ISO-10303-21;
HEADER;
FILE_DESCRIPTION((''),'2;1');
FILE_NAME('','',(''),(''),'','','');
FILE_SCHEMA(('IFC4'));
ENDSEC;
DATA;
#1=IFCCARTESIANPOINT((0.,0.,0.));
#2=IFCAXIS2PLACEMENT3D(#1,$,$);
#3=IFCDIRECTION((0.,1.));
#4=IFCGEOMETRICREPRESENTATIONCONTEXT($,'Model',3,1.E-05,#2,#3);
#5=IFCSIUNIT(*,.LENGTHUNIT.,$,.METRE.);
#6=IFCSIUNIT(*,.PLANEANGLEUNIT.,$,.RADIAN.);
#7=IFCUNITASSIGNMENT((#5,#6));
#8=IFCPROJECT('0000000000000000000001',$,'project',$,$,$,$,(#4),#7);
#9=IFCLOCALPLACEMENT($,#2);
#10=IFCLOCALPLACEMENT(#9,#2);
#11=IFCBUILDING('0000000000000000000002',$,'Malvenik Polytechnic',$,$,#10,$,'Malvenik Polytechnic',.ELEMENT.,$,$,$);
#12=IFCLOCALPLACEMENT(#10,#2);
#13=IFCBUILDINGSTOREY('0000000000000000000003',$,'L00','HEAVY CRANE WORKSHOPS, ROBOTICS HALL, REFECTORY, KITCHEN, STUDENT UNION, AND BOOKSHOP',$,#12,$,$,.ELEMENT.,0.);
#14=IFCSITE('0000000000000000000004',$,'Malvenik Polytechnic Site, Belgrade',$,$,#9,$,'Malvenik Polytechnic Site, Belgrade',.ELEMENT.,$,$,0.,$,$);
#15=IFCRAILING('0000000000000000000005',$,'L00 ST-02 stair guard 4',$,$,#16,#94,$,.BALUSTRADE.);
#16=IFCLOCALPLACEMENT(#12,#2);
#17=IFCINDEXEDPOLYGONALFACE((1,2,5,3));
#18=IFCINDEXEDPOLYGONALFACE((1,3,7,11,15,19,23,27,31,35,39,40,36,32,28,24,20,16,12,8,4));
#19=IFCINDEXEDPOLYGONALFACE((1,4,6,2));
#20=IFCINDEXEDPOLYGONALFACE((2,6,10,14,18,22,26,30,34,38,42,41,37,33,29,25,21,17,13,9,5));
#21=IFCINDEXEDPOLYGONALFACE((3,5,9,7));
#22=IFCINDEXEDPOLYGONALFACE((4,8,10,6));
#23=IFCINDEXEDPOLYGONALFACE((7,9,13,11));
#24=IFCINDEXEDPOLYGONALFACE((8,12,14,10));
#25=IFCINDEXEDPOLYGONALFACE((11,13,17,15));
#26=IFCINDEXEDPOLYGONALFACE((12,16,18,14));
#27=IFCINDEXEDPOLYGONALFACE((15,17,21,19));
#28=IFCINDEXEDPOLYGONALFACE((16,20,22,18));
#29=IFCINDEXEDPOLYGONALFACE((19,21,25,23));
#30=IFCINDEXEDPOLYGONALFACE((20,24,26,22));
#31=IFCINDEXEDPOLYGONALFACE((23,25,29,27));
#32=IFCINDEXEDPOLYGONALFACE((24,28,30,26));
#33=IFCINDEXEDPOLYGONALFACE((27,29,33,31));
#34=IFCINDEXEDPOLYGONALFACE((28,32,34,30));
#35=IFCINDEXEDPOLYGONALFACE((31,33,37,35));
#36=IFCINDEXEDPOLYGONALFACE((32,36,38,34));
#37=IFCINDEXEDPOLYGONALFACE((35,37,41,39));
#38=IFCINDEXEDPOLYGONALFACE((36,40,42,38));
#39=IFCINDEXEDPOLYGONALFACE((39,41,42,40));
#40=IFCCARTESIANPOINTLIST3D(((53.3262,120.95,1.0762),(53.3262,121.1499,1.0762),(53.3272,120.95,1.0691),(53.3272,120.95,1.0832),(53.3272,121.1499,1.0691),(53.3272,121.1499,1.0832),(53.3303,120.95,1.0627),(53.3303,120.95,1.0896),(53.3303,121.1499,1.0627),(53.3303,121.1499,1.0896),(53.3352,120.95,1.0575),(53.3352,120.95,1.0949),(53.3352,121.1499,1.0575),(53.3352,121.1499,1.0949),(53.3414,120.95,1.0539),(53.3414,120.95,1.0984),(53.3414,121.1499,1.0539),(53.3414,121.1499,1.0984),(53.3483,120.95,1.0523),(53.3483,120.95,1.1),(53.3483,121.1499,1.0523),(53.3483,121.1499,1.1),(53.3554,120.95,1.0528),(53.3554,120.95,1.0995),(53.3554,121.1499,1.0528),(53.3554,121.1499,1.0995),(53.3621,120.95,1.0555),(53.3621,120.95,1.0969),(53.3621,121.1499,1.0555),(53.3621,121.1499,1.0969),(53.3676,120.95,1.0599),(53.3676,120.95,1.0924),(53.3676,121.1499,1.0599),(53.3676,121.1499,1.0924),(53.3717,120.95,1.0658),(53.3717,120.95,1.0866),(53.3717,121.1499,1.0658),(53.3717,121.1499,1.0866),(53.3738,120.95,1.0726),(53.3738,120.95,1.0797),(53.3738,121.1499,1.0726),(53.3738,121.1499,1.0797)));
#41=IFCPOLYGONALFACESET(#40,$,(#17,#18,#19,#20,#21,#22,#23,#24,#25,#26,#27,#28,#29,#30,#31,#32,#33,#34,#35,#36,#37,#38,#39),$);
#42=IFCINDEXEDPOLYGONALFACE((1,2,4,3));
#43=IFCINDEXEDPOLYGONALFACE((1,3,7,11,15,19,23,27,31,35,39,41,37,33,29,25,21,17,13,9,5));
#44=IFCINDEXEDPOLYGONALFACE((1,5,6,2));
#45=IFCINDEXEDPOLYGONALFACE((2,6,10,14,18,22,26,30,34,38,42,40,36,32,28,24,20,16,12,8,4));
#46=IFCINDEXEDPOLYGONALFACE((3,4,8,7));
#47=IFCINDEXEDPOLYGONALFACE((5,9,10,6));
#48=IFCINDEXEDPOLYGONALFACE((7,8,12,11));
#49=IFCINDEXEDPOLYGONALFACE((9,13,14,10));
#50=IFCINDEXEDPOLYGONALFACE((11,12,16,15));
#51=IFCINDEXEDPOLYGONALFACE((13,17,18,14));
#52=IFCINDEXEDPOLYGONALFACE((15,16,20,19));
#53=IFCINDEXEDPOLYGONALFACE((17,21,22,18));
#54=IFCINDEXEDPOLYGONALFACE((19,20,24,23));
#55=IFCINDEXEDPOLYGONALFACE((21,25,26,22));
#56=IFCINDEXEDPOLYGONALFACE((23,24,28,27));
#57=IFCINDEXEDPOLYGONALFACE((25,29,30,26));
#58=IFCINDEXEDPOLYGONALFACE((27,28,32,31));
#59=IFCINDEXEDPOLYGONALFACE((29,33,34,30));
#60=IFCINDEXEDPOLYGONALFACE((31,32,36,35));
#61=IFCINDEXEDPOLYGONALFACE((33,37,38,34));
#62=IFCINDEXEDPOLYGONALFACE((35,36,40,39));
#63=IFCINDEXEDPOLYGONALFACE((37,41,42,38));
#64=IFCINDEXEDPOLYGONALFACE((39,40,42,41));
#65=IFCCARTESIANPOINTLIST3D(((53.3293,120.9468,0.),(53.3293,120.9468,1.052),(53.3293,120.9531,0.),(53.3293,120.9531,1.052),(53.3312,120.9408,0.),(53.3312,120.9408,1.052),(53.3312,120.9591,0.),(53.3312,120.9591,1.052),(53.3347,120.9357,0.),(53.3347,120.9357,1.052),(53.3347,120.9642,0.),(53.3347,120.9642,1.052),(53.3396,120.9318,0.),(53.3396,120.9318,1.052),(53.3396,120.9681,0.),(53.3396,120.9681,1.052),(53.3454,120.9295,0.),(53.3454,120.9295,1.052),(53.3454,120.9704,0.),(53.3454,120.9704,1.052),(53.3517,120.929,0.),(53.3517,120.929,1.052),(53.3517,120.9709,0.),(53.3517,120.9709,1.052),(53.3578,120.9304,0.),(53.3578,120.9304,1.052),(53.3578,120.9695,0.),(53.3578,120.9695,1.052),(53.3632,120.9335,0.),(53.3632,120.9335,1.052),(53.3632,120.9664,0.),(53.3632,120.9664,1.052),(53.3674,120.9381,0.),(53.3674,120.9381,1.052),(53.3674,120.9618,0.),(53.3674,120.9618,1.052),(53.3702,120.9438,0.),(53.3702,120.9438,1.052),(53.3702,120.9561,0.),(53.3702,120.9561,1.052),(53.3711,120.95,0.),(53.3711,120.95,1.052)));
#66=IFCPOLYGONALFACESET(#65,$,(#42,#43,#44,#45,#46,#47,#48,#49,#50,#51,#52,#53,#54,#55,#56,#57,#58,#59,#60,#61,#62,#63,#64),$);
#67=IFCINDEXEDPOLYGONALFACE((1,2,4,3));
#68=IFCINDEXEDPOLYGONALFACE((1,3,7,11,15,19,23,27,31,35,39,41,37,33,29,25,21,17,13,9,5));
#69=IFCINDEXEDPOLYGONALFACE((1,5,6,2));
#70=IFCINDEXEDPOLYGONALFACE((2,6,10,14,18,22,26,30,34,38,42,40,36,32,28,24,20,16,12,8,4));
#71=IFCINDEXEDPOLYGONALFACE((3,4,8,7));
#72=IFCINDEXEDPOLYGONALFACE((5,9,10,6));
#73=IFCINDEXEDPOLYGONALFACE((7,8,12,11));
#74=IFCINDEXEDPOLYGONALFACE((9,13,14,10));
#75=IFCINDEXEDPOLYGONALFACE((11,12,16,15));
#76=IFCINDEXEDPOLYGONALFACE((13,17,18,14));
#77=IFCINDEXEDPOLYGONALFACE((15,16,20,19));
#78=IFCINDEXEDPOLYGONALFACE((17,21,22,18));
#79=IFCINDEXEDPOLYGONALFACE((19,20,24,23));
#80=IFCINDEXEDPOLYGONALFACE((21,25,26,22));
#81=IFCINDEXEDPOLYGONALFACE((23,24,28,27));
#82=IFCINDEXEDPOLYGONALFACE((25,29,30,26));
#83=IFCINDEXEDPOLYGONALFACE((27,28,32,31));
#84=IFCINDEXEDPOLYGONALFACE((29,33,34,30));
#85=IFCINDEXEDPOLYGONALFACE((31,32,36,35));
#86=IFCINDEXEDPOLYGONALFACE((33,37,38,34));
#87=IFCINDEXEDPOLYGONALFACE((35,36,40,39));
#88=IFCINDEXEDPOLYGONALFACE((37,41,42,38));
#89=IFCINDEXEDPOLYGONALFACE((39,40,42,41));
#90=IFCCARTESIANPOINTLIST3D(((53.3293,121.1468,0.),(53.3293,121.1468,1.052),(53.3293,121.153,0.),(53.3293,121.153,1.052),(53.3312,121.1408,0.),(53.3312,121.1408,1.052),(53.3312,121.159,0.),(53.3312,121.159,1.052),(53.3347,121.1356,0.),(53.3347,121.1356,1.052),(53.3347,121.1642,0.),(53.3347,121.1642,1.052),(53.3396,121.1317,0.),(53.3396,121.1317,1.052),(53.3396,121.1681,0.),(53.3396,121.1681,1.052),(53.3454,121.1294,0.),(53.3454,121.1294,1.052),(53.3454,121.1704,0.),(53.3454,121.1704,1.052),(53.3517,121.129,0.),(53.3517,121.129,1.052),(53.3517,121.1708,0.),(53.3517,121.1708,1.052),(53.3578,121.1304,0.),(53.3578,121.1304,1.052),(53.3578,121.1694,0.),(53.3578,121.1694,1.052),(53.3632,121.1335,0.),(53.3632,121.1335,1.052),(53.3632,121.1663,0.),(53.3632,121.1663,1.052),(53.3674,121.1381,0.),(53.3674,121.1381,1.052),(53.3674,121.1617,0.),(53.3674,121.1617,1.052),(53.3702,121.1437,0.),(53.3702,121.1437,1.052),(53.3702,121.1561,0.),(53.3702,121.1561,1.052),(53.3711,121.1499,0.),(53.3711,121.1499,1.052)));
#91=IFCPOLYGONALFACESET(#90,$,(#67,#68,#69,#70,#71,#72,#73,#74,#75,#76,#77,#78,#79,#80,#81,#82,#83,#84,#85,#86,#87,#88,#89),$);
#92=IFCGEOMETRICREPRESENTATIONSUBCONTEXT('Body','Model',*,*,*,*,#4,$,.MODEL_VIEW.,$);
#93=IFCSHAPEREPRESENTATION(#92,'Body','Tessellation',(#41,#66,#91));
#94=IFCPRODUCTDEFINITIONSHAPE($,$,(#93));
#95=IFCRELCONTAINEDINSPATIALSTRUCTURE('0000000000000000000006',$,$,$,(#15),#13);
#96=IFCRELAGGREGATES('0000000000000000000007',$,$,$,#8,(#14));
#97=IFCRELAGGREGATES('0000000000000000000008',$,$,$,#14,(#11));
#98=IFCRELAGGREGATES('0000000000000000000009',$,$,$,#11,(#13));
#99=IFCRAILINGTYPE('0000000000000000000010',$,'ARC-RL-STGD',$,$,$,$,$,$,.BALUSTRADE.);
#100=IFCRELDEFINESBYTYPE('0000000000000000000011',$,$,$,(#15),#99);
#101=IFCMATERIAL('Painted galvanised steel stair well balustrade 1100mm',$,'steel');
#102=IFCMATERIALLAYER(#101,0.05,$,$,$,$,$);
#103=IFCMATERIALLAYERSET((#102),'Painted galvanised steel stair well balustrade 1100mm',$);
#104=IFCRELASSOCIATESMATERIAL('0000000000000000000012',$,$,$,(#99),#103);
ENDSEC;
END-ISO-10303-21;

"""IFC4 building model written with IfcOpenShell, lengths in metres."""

from ifc_helpers import new_model, si_unit, direction, frame, origin, origin_2d, place, context, subcontext, project, spatial, circle, extrude, material, layer, layer_set, type_object, element, save


model = new_model("IFC4")

# Units and contexts
model_context = context("Model", 3, precision=1e-05, world=origin(), true_north=direction((0.0, 1.0)))
body_context = subcontext(model_context, "Body", "Model", "MODEL_VIEW")
ifc_project = project(units=[si_unit("LENGTHUNIT", "METRE"), si_unit("PLANEANGLEUNIT", "RADIAN")], contexts=[model_context])

# Site, building, storey
site_placement = place(None, origin())
site = spatial("IfcSite", under=ifc_project, at=site_placement, Name="Malvenik Polytechnic Site, Belgrade", LongName="Malvenik Polytechnic Site, Belgrade", CompositionType="ELEMENT", RefElevation=0.0)
building_placement = place(site_placement, origin())
building = spatial("IfcBuilding", under=site, at=building_placement, Name="Malvenik Polytechnic", LongName="Malvenik Polytechnic", CompositionType="ELEMENT")
storey_placement = place(building_placement, origin())
storey = spatial("IfcBuildingStorey", under=building, at=storey_placement, Name="L00", Description="HEAVY CRANE WORKSHOPS, ROBOTICS HALL, REFECTORY, KITCHEN, STUDENT UNION, AND BOOKSHOP", CompositionType="ELEMENT", Elevation=0.0)

# Railing
ifc_material_1 = material(Name="Painted galvanised steel stair well balustrade 1100mm", Category="steel")
ifc_layer_1 = layer(ifc_material_1, 0.05)
ifc_layer_set_1 = layer_set([ifc_layer_1], Name="Painted galvanised steel stair well balustrade 1100mm")
railing_type_1 = type_object("IfcRailingType", Name="ARC-RL-STGD", PredefinedType="BALUSTRADE", material=ifc_layer_set_1)
railing_1_placement = place(storey_placement, frame((53.3501, 120.95, 0.0)))
element("IfcRailing", 1, at=railing_1_placement, inside=storey, type_object=railing_type_1, Name="L00 ST-02 stair guard 4", PredefinedType="BALUSTRADE", context=body_context, shape_type="SweptSolid", body=[
    extrude(circle(Radius=0.0239, at=origin_2d()), frame((0.0, 0.0, 1.0762), z_axis=(0.0, 1.0, 0.0), x_axis=(-1.0, 0.0, 0.0)), (0.0, 0.0, 1.0), 0.2),
    extrude(circle(Radius=0.021, at=origin_2d()), origin(), (0.0, 0.0, 1.0), 1.052),
    extrude(circle(Radius=0.021, at=origin_2d()), frame((0.0, 0.2, 0.0)), (0.0, 0.0, 1.0), 1.052),
])

save(model, "model.ifc")
